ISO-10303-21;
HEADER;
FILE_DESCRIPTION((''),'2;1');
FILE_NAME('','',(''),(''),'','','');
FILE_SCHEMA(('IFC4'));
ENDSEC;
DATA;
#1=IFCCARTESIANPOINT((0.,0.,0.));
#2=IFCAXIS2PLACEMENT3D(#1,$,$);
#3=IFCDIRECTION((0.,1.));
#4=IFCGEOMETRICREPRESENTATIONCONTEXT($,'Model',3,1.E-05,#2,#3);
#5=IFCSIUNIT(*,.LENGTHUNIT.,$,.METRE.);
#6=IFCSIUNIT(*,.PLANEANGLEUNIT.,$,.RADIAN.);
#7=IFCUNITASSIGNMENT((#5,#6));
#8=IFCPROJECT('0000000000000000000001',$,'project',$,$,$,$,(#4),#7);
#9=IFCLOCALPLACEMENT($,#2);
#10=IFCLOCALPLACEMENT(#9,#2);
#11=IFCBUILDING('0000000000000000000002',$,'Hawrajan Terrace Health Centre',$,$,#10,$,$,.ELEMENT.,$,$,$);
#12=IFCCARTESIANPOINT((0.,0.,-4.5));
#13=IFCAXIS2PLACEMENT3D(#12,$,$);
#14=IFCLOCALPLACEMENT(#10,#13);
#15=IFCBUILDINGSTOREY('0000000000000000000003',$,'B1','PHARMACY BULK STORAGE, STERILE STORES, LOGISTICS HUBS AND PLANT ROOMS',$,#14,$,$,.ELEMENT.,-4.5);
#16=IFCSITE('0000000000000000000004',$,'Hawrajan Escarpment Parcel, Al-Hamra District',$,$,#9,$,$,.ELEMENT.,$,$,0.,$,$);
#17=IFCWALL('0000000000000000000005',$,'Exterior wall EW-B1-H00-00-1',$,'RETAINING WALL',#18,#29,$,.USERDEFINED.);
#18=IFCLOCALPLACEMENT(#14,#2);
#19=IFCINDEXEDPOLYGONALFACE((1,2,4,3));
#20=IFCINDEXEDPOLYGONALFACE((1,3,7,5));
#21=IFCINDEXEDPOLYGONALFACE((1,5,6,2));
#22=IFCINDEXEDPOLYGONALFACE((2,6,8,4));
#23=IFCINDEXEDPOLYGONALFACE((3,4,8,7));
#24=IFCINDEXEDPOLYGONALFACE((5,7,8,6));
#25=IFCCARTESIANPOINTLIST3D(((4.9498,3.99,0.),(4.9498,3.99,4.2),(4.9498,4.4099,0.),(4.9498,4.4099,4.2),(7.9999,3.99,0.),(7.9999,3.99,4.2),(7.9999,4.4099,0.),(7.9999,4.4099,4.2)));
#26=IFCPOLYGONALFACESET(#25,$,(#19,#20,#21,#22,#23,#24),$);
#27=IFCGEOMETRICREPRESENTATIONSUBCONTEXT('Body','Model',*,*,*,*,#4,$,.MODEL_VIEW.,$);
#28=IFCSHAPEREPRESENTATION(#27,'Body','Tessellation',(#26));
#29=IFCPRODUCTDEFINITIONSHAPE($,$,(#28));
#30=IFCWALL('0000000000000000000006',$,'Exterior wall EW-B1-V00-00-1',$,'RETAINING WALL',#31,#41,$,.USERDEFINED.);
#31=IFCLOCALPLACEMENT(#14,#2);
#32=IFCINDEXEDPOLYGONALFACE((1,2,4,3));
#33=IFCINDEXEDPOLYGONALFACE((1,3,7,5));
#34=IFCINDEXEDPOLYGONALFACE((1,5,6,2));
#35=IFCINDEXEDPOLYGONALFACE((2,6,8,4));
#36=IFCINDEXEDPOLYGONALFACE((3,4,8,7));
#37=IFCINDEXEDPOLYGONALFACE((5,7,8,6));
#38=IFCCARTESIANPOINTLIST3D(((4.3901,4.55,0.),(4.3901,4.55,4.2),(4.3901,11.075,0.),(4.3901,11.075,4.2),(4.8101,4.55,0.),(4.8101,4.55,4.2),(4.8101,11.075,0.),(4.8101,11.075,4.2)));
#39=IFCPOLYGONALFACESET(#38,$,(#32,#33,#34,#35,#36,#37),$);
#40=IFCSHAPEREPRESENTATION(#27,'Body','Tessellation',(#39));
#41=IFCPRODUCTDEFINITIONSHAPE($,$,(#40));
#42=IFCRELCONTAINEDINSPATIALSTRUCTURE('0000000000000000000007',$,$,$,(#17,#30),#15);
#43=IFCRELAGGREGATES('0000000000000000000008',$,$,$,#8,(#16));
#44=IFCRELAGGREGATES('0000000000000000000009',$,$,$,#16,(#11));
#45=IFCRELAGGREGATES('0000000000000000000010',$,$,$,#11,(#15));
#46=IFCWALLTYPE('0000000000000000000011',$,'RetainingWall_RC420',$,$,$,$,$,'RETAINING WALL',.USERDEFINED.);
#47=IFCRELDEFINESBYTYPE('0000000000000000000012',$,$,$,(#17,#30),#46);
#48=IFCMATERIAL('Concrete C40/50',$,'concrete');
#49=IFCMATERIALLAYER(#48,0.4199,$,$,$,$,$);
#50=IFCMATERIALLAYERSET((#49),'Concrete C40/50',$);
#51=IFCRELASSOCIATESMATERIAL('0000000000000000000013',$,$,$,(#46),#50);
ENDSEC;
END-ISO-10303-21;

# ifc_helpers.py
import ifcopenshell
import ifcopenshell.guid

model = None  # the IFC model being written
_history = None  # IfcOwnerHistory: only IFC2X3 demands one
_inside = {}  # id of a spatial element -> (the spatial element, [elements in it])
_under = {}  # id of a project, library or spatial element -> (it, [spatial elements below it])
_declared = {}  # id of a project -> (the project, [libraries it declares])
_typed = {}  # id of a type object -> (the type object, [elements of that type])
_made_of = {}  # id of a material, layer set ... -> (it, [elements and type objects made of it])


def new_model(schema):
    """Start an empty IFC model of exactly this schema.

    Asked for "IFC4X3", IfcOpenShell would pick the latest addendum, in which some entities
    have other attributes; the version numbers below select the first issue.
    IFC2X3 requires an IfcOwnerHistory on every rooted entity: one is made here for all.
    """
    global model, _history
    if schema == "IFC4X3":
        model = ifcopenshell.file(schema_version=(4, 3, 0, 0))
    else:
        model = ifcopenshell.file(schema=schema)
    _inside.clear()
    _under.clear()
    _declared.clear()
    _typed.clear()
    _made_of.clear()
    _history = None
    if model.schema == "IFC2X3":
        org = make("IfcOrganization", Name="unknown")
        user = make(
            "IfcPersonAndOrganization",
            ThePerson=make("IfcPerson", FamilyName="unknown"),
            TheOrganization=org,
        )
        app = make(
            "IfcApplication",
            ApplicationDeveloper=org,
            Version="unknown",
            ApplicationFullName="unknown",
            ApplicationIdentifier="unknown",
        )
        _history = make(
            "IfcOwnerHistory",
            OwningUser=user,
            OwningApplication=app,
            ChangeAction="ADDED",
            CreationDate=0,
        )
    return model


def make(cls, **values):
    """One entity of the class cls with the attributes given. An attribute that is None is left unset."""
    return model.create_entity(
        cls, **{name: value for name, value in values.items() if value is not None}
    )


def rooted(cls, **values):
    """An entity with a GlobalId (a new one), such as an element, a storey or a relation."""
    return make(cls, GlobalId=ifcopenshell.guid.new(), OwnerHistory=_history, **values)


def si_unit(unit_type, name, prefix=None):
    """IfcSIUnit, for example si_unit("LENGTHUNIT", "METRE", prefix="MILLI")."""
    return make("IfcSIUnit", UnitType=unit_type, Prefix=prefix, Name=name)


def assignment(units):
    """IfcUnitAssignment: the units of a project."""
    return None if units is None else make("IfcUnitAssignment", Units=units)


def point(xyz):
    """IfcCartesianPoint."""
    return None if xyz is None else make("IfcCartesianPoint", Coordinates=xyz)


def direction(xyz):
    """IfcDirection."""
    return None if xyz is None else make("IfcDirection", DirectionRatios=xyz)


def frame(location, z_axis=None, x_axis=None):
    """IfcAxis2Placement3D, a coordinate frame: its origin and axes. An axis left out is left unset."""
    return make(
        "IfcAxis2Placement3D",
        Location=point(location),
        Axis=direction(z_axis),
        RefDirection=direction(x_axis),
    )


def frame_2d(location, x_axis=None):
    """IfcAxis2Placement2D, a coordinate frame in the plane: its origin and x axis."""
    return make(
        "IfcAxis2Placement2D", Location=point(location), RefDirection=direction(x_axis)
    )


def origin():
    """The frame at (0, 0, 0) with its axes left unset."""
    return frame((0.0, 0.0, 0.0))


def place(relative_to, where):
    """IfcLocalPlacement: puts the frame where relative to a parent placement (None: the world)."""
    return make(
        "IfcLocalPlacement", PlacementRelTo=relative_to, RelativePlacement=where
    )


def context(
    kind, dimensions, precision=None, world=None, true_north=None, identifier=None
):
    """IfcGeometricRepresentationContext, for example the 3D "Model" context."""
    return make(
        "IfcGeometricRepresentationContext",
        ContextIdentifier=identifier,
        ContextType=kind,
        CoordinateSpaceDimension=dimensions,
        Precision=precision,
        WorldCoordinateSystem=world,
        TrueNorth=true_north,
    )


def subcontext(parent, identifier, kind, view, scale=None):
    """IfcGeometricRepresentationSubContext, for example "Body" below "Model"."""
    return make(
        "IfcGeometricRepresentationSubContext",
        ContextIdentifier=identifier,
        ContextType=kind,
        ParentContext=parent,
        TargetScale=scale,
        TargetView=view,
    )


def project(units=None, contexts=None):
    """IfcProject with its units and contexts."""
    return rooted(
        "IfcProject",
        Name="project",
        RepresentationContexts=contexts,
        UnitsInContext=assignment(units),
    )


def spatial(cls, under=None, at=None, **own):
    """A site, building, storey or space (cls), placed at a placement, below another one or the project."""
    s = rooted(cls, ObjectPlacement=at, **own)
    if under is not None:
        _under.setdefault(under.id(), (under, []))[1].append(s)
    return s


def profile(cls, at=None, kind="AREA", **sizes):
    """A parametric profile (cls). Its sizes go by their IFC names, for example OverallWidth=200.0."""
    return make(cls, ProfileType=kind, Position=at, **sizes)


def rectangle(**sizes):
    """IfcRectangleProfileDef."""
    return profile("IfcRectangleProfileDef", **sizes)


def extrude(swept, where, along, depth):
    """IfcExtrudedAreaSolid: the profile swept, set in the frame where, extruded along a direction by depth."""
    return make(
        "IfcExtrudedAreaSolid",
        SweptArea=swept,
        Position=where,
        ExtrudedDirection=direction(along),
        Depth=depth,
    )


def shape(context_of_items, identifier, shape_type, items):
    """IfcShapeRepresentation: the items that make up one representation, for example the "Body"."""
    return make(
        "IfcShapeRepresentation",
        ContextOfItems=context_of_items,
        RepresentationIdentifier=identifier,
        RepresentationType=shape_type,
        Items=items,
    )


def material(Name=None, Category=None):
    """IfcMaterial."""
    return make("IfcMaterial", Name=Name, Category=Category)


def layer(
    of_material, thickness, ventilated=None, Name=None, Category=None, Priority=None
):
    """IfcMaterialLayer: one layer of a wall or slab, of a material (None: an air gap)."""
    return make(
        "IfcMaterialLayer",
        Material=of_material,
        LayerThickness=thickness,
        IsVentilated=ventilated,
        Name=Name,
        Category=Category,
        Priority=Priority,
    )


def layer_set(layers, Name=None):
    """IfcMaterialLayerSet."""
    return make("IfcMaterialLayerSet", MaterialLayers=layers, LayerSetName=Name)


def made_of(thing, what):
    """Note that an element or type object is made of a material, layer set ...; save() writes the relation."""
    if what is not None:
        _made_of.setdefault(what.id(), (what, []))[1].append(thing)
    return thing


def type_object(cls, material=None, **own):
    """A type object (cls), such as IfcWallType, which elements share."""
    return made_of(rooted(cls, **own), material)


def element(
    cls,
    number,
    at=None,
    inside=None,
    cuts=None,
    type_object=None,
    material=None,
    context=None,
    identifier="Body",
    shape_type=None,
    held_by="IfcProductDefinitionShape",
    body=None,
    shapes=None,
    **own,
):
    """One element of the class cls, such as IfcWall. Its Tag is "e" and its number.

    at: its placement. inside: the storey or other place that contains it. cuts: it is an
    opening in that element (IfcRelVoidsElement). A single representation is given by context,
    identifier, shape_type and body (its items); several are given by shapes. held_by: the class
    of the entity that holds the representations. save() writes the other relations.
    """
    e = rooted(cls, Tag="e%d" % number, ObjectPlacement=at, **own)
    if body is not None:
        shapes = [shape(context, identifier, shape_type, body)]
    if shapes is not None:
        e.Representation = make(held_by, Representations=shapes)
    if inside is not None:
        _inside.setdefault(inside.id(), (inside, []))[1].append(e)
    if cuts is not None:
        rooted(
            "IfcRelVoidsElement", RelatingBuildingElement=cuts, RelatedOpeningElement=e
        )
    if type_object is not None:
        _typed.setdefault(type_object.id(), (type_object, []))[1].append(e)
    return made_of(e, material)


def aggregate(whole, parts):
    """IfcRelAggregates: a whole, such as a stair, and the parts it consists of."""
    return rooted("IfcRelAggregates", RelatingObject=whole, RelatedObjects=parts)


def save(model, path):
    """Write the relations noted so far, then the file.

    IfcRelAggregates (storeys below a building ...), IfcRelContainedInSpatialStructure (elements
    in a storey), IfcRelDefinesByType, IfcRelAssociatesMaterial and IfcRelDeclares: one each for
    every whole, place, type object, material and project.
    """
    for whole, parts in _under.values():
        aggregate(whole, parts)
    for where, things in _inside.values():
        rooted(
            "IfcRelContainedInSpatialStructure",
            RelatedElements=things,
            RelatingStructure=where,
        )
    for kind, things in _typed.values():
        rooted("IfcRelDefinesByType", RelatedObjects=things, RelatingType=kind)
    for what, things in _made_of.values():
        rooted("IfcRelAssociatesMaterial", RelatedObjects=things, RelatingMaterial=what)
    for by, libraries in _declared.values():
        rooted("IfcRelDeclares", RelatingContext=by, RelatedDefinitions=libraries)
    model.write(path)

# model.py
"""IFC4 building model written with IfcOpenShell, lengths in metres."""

from ifc_helpers import new_model, si_unit, direction, frame, frame_2d, origin, place, context, subcontext, project, spatial, rectangle, extrude, material, layer, layer_set, type_object, element, save


model = new_model("IFC4")

# Units and contexts
model_context = context("Model", 3, precision=1e-05, world=origin(), true_north=direction((0.0, 1.0)))
body_context = subcontext(model_context, "Body", "Model", "MODEL_VIEW")
ifc_project = project(units=[si_unit("LENGTHUNIT", "METRE"), si_unit("PLANEANGLEUNIT", "RADIAN")], contexts=[model_context])

# Site, building, storey
site_placement = place(None, origin())
site = spatial("IfcSite", under=ifc_project, at=site_placement, Name="Hawrajan Escarpment Parcel, Al-Hamra District", CompositionType="ELEMENT", RefElevation=0.0)
building_placement = place(site_placement, origin())
building = spatial("IfcBuilding", under=site, at=building_placement, Name="Hawrajan Terrace Health Centre", CompositionType="ELEMENT")
storey_placement = place(building_placement, frame((0.0, 0.0, -4.5)))
storey = spatial("IfcBuildingStorey", under=building, at=storey_placement, Name="B1", Description="PHARMACY BULK STORAGE, STERILE STORES, LOGISTICS HUBS AND PLANT ROOMS", CompositionType="ELEMENT", Elevation=-4.5)

# Shared definitions
ifc_material_1 = material(Name="Concrete C40/50", Category="concrete")

# Walls
ifc_layer_1 = layer(ifc_material_1, 0.4199)
ifc_layer_set_1 = layer_set([ifc_layer_1], Name="Concrete C40/50")
wall_type_1 = type_object("IfcWallType", Name="RetainingWall_RC420", ElementType="RETAINING WALL", PredefinedType="USERDEFINED", material=ifc_layer_set_1)
wall_1_placement = place(storey_placement, frame((4.95, 4.2, 0.0), z_axis=(0.0, 0.0, 1.0), x_axis=(1.0, 0.0, 0.0)))
element("IfcWall", 1, at=wall_1_placement, inside=storey, type_object=wall_type_1, Name="Exterior wall EW-B1-H00-00-1", ObjectType="RETAINING WALL", PredefinedType="USERDEFINED", context=body_context, shape_type="SweptSolid", body=[
    extrude(rectangle(XDim=3.05, YDim=0.4199, at=frame_2d((1.5249, 0.0))), origin(), (0.0, 0.0, 1.0), 4.2),
])
wall_2_placement = place(storey_placement, frame((4.6001, 4.55, 0.0), z_axis=(0.0, 0.0, 1.0), x_axis=(0.0, 1.0, 0.0)))
element("IfcWall", 2, at=wall_2_placement, inside=storey, type_object=wall_type_1, Name="Exterior wall EW-B1-V00-00-1", ObjectType="RETAINING WALL", PredefinedType="USERDEFINED", context=body_context, shape_type="SweptSolid", body=[
    extrude(rectangle(XDim=6.5249, YDim=0.4199, at=frame_2d((3.2625, 0.0))), origin(), (0.0, 0.0, 1.0), 4.2),
])

save(model, "model.ifc")
